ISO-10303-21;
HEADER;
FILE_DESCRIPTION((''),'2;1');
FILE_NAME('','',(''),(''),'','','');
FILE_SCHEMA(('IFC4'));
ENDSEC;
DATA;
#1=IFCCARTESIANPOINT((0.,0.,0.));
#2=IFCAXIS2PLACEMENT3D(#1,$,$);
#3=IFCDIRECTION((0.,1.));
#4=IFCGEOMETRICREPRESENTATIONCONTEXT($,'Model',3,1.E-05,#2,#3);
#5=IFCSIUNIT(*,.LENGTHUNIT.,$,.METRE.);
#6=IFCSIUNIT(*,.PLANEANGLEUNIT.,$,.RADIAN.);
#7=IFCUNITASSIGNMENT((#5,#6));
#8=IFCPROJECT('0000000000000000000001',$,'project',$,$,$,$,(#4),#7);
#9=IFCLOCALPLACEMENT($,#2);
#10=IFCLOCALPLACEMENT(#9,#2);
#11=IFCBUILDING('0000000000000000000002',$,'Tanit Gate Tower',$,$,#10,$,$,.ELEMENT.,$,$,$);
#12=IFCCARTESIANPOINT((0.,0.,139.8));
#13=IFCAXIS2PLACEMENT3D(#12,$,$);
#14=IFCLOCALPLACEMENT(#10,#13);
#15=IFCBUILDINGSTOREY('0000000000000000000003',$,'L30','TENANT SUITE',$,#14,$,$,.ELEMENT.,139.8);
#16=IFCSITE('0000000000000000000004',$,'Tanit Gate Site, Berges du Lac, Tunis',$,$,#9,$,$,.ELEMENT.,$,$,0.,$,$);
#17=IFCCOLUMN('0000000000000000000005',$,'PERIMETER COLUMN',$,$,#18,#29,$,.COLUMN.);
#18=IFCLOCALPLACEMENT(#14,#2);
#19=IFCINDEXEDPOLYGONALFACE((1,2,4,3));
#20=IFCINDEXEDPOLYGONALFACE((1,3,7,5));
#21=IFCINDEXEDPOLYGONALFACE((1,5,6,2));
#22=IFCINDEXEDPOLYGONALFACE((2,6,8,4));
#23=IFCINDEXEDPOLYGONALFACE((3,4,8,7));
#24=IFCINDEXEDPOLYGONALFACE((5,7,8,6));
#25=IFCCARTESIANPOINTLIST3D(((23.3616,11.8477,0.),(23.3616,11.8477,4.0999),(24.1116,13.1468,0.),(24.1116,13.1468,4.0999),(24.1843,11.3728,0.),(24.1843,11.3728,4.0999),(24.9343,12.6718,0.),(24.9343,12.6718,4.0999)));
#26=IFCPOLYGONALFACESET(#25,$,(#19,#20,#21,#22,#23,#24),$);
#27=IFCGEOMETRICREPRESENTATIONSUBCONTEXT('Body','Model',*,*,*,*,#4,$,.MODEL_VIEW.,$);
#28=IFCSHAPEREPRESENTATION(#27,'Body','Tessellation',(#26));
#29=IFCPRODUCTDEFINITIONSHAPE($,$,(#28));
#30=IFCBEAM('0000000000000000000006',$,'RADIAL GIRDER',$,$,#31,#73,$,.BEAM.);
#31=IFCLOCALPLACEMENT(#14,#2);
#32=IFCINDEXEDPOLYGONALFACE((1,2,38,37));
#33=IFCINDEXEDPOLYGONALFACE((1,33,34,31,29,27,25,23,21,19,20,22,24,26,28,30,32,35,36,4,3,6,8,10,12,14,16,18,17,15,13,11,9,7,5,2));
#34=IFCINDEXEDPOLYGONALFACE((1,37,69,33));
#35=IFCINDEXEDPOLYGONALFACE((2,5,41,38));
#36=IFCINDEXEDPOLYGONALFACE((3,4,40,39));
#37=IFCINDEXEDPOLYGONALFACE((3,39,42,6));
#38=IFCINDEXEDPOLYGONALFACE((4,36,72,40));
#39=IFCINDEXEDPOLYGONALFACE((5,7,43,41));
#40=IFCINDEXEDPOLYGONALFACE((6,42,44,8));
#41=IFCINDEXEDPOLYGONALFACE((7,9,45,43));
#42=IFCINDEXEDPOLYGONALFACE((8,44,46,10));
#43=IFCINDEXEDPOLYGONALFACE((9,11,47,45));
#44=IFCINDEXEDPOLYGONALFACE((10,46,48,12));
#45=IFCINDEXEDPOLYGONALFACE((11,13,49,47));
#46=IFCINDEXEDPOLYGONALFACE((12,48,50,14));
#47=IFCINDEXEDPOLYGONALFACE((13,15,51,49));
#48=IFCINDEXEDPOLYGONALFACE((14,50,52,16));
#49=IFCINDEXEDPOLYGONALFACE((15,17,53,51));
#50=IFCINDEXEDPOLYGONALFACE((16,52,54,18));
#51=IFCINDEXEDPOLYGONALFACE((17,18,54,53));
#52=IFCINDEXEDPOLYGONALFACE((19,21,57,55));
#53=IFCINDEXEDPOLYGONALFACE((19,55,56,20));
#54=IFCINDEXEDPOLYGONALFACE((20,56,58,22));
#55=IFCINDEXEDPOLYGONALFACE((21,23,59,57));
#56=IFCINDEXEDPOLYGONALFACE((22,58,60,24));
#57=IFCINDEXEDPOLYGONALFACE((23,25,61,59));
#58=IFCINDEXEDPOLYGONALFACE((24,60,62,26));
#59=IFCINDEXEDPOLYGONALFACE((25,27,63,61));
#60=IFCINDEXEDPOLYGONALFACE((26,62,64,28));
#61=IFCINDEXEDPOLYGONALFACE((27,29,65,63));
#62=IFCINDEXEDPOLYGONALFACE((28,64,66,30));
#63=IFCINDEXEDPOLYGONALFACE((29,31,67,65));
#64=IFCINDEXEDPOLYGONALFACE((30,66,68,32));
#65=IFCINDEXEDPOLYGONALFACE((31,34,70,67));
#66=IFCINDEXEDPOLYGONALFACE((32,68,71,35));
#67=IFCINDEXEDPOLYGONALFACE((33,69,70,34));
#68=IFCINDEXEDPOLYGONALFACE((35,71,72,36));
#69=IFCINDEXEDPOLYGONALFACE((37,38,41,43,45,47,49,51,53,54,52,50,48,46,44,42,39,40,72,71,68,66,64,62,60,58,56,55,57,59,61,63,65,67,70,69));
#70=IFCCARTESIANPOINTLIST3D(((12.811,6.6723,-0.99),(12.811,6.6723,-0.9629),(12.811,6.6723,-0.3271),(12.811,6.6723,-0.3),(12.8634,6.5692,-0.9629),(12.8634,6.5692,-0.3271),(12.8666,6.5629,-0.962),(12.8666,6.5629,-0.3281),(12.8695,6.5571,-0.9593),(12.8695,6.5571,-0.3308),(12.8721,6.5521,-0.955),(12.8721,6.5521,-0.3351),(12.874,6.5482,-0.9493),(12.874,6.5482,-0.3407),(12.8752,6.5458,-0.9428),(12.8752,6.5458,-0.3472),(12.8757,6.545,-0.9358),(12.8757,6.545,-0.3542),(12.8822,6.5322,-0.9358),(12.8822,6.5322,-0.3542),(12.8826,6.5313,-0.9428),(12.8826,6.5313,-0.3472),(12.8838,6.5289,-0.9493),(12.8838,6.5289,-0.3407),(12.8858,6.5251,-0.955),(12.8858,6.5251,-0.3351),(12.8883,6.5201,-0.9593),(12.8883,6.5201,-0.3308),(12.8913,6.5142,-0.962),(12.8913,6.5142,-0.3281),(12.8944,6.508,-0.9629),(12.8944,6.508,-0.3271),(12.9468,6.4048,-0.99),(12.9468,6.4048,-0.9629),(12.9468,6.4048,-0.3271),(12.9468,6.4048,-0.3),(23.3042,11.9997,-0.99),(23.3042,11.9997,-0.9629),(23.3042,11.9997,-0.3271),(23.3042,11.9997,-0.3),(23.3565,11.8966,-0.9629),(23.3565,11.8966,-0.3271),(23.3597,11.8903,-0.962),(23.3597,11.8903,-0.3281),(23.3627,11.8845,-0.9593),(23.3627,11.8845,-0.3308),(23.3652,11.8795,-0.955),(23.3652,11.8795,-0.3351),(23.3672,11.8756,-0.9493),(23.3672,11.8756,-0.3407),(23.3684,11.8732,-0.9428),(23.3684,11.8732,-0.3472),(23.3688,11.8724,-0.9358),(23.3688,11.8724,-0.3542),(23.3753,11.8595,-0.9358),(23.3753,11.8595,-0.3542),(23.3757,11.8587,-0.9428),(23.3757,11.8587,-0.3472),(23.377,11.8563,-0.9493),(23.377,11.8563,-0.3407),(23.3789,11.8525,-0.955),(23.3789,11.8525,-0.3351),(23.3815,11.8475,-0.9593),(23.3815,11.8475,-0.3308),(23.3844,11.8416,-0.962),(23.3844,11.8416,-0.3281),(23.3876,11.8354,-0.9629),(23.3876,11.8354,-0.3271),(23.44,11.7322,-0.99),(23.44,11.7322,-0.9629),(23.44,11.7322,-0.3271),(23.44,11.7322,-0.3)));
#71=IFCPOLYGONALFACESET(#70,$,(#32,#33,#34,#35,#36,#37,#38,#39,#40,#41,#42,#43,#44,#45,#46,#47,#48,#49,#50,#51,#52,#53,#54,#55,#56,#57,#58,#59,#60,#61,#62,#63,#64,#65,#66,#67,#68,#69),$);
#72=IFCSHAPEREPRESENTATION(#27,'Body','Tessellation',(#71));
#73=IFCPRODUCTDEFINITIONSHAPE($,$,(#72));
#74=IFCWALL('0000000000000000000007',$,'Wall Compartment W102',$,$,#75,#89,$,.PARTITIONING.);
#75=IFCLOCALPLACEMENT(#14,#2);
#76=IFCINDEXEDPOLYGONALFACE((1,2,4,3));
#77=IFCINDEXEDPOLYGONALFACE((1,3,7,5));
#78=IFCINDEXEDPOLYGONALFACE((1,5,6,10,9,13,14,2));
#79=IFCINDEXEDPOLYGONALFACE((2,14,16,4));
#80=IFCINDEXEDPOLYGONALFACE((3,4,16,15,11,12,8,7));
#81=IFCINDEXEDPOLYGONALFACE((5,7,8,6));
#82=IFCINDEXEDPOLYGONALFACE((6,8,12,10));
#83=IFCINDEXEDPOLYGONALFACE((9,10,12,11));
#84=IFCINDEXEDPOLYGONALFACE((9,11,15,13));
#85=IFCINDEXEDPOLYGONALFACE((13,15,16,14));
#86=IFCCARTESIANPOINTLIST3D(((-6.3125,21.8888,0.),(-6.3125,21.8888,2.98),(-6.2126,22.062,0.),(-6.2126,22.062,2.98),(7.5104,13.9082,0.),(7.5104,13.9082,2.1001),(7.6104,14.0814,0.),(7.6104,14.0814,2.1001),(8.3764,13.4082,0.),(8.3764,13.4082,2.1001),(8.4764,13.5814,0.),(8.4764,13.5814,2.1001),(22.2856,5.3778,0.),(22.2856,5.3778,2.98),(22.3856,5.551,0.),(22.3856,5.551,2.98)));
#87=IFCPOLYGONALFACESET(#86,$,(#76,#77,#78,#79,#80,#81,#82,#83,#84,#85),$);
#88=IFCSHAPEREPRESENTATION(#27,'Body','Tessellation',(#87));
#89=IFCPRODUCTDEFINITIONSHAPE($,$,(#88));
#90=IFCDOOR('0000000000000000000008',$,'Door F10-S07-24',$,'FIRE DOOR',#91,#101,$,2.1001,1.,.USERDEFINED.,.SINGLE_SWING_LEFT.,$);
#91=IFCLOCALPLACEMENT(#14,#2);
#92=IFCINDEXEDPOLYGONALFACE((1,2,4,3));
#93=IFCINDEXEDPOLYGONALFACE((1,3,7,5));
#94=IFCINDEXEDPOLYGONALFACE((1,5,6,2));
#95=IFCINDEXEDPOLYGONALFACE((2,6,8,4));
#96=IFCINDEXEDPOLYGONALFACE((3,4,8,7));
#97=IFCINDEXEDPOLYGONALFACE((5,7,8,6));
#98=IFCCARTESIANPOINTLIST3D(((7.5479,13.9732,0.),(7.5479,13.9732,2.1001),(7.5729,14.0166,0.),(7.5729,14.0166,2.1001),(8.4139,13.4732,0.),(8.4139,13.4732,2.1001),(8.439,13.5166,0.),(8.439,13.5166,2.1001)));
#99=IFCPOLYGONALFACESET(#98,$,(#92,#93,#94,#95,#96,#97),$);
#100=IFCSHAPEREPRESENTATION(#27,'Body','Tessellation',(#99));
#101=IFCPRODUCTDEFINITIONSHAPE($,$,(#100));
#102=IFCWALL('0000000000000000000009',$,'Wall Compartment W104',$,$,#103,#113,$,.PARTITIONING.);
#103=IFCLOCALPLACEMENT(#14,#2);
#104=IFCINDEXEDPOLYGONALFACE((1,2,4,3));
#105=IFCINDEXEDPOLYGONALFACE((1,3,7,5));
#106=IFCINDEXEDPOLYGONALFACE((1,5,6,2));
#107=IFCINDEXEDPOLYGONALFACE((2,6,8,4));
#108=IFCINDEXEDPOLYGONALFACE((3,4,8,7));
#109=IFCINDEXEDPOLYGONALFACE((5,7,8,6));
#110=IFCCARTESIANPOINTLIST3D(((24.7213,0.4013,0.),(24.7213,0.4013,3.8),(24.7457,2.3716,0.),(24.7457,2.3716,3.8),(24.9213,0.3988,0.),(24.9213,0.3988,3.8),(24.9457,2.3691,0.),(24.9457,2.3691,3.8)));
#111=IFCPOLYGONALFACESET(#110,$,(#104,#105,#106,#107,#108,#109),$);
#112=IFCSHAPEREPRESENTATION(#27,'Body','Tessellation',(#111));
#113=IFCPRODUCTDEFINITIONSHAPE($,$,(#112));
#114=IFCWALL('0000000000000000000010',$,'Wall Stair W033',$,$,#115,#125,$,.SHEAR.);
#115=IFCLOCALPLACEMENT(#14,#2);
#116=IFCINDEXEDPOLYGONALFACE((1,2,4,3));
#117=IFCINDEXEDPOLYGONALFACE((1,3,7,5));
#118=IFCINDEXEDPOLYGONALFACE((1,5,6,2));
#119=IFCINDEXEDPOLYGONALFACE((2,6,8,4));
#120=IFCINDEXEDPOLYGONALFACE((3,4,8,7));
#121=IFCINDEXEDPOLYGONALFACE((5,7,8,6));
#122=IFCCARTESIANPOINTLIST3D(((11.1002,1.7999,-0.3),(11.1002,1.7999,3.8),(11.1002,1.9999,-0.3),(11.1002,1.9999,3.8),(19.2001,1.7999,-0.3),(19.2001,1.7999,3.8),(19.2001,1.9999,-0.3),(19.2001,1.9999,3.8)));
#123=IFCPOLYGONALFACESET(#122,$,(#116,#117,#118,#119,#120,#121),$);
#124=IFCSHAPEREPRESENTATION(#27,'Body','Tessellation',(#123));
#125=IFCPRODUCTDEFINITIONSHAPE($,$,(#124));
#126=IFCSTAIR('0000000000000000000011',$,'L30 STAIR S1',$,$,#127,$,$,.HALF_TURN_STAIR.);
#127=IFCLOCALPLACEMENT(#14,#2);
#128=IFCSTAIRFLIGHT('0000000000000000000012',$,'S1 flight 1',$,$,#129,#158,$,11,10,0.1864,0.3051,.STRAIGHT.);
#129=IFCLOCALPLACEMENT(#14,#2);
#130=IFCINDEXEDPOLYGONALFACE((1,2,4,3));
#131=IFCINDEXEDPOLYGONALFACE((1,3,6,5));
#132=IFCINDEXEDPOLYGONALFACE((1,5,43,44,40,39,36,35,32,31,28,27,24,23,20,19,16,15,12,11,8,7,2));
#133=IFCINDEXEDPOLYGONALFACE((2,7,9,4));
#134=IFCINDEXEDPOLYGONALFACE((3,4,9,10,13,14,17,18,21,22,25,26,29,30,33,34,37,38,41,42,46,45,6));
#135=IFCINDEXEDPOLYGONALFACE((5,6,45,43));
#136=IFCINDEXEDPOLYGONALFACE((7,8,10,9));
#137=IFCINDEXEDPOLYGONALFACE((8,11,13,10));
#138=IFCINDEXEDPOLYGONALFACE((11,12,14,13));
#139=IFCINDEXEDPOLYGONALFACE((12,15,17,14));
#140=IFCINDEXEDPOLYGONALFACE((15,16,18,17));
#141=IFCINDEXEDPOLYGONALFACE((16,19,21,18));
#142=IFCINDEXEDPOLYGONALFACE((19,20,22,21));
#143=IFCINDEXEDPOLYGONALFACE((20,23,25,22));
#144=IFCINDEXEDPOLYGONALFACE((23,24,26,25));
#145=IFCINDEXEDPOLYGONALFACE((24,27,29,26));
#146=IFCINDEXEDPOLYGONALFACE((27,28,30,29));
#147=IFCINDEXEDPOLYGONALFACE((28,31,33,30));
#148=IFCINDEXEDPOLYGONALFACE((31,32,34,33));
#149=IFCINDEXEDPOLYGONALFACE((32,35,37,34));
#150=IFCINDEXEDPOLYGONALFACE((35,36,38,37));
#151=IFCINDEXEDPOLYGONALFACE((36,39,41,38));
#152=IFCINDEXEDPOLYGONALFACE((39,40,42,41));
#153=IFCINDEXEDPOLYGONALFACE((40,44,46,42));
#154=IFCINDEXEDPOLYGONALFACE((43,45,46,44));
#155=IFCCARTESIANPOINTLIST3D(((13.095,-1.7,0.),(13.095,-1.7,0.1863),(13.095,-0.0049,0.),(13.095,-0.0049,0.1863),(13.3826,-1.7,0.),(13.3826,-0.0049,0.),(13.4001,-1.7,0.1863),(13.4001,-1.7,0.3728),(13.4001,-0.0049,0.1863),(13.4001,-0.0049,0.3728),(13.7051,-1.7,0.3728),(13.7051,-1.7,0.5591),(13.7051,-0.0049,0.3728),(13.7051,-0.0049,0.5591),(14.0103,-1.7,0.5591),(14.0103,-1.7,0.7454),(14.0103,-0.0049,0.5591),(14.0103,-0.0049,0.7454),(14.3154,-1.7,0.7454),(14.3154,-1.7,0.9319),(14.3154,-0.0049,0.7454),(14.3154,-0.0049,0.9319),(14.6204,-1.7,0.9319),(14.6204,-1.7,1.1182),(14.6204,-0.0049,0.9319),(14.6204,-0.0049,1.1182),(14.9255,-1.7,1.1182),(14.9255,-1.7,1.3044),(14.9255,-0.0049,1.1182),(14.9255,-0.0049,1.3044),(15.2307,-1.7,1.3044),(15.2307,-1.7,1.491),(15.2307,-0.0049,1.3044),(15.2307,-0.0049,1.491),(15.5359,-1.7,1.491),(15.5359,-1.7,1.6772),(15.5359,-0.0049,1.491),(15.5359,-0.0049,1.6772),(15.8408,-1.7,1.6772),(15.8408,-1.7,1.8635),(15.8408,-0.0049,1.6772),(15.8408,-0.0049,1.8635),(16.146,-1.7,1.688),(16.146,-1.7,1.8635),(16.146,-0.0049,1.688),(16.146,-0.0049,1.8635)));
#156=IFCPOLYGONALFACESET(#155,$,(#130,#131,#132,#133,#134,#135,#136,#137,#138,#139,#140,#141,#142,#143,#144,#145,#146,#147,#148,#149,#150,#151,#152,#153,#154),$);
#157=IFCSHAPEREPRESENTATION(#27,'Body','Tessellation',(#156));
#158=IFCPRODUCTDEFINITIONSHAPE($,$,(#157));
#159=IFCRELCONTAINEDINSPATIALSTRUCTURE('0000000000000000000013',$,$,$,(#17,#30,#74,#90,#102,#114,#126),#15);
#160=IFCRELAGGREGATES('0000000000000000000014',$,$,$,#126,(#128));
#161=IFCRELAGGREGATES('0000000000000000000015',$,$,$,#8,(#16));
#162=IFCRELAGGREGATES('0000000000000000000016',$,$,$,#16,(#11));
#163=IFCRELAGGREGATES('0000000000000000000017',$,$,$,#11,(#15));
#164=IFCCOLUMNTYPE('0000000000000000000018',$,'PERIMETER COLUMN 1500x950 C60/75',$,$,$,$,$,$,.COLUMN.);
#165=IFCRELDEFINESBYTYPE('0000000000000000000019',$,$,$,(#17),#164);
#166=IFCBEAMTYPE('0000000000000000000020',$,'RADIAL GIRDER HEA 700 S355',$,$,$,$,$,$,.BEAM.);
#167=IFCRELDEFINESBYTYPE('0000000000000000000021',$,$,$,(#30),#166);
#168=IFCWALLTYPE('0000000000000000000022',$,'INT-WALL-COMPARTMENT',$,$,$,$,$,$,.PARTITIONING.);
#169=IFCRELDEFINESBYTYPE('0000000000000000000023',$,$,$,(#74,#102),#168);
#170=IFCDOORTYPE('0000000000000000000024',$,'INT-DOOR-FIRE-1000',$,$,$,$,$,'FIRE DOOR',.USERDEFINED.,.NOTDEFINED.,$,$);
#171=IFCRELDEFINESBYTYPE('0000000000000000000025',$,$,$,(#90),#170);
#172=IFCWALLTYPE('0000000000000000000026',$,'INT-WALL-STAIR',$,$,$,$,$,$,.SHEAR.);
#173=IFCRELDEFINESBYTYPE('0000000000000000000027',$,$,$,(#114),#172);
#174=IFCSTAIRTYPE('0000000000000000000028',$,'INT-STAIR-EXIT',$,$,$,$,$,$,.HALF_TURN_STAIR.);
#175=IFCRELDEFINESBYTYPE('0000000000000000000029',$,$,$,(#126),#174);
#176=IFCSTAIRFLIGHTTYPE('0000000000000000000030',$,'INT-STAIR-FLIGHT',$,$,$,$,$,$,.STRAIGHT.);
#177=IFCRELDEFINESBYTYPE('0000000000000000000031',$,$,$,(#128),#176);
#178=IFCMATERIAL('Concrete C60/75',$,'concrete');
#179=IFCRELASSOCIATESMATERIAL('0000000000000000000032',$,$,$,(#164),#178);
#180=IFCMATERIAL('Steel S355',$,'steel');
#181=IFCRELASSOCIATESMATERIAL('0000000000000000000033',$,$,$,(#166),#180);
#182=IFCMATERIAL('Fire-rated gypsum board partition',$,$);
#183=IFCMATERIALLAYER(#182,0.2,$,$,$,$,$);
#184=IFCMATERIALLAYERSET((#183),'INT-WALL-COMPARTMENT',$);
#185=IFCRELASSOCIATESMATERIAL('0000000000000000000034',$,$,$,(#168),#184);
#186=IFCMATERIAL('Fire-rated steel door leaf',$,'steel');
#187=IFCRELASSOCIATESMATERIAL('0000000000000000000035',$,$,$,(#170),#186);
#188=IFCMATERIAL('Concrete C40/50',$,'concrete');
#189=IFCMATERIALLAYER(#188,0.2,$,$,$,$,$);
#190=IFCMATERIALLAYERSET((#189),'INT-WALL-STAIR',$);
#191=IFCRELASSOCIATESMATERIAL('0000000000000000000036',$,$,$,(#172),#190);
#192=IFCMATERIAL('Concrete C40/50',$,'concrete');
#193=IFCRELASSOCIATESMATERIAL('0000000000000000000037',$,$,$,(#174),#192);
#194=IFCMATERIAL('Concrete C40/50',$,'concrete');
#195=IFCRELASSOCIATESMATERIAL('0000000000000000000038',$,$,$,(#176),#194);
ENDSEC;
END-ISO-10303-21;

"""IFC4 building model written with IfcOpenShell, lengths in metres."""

from ifc_helpers import new_model, si_unit, direction, frame, frame_2d, origin, origin_2d, place, context, subcontext, project, spatial, polyline, rectangle, i_section, outline, extrude, material, layer, layer_set, material_profile, profile_set, type_object, element, fill, aggregate, save


model = new_model("IFC4")

# Units and contexts
model_context = context("Model", 3, precision=1e-05, world=origin(), true_north=direction((0.0, 1.0)))
body_context = subcontext(model_context, "Body", "Model", "MODEL_VIEW")
ifc_project = project(units=[si_unit("LENGTHUNIT", "METRE"), si_unit("PLANEANGLEUNIT", "RADIAN")], contexts=[model_context])

# Site, building, storey
site_placement = place(None, origin())
site = spatial("IfcSite", under=ifc_project, at=site_placement, Name="Tanit Gate Site, Berges du Lac, Tunis", CompositionType="ELEMENT", RefElevation=0.0)
building_placement = place(site_placement, origin())
building = spatial("IfcBuilding", under=site, at=building_placement, Name="Tanit Gate Tower", CompositionType="ELEMENT")
storey_placement = place(building_placement, frame((0.0, 0.0, 139.8)))
storey = spatial("IfcBuildingStorey", under=building, at=storey_placement, Name="L30", Description="TENANT SUITE", CompositionType="ELEMENT", Elevation=139.8)

# Column
ifc_material_1 = material(Name="Concrete C60/75", Category="concrete")
ifc_material_profile_1 = material_profile(ifc_material_1, rectangle(XDim=1.5, YDim=0.95, at=origin_2d()), Name="RC 1500x950")
ifc_profile_set_1 = profile_set([ifc_material_profile_1], Name="Concrete C60/75")
column_type = type_object("IfcColumnType", Name="PERIMETER COLUMN 1500x950 C60/75", PredefinedType="COLUMN", material=ifc_profile_set_1)
column_placement = place(storey_placement, frame((24.1479, 12.2598, 0.0), z_axis=(0.0, 0.0, 1.0), x_axis=(0.5, 0.866025, 0.0)))
element("IfcColumn", 1, at=column_placement, inside=storey, type_object=column_type, Name="PERIMETER COLUMN", PredefinedType="COLUMN", context=body_context, shape_type="SweptSolid", body=[
    extrude(rectangle(XDim=1.5, YDim=0.95, at=origin_2d()), origin(), (0.0, 0.0, 1.0), 4.0999),
])

# Beam
ifc_material_2 = material(Name="Steel S355", Category="steel")
ifc_material_profile_2 = material_profile(ifc_material_2, i_section(OverallWidth=0.3, OverallDepth=0.6899, WebThickness=0.0144, FlangeThickness=0.0271, FilletRadius=0.0271, at=origin_2d()), Name="HEA 700")
ifc_profile_set_2 = profile_set([ifc_material_profile_2], Name="Steel S355")
beam_type = type_object("IfcBeamType", Name="RADIAL GIRDER HEA 700 S355", PredefinedType="BEAM", material=ifc_profile_set_2)
beam_placement = place(storey_placement, frame((23.3721, 11.866, -0.645), z_axis=(-0.891664, -0.452699, 0.0), x_axis=(0.452699, -0.891664, 0.0)))
element("IfcBeam", 2, at=beam_placement, inside=storey, type_object=beam_type, Name="RADIAL GIRDER", PredefinedType="BEAM", context=body_context, shape_type="SweptSolid", body=[
    extrude(i_section(OverallWidth=0.3, OverallDepth=0.6899, WebThickness=0.0144, FlangeThickness=0.0271, FilletRadius=0.0271, at=origin_2d()), origin(), (0.0, 0.0, 1.0), 11.7681),
])

# Wall, opening, door
ifc_material_3 = material(Name="Fire-rated gypsum board partition")
ifc_layer_1 = layer(ifc_material_3, 0.2)
ifc_layer_set_1 = layer_set([ifc_layer_1], Name="INT-WALL-COMPARTMENT")
wall_type_1 = type_object("IfcWallType", Name="INT-WALL-COMPARTMENT", PredefinedType="PARTITIONING", material=ifc_layer_set_1)
wall_1_placement = place(storey_placement, frame((22.3357, 5.4644, 0.0), z_axis=(0.0, 0.0, 1.0), x_axis=(-0.866028, 0.499996, 0.0)))
wall_1 = element("IfcWall", 3, at=wall_1_placement, inside=storey, type_object=wall_type_1, Name="Wall Compartment W102", PredefinedType="PARTITIONING", context=body_context, shape_type="SweptSolid", body=[
    extrude(rectangle(XDim=33.0222, YDim=0.2, at=frame_2d((16.5112, 0.0))), origin(), (0.0, 0.0, 1.0), 2.98),
])
opening_1_placement = place(wall_1_placement, frame((16.061, 0.0, 0.0)))
opening_1 = element("IfcOpeningElement", 4, at=opening_1_placement, cuts=wall_1, PredefinedType="OPENING", context=body_context, shape_type="SweptSolid", body=[
    extrude(rectangle(XDim=1.0, YDim=2.1001, at=frame_2d((0.5, 1.05))), frame((0.0, 0.1099, 0.0), z_axis=(0.0, -1.0, 0.0), x_axis=(1.0, 0.0, 0.0)), (0.0, 0.0, 1.0), 0.22),
])
ifc_material_4 = material(Name="Fire-rated steel door leaf", Category="steel")
door_type_1 = type_object("IfcDoorType", Name="INT-DOOR-FIRE-1000", ElementType="FIRE DOOR", OperationType="NOTDEFINED", PredefinedType="USERDEFINED", material=ifc_material_4)
door_1_placement = place(opening_1_placement, origin())
door_1 = element("IfcDoor", 5, at=door_1_placement, inside=storey, type_object=door_type_1, Name="Door F10-S07-24", ObjectType="FIRE DOOR", OperationType="SINGLE_SWING_LEFT", OverallHeight=2.1001, OverallWidth=1.0, PredefinedType="USERDEFINED", context=body_context, shape_type="SweptSolid", body=[
    extrude(rectangle(XDim=1.0, YDim=2.1001, at=frame_2d((0.5, 1.05))), frame((0.0, 0.0249, 0.0), z_axis=(0.0, -1.0, 0.0), x_axis=(1.0, 0.0, 0.0)), (0.0, 0.0, 1.0), 0.05),
])
fill(opening_1, door_1)

# Walls
wall_2_placement = place(storey_placement, frame((24.8213, 0.3999, 0.0), z_axis=(0.0, 0.0, 1.0), x_axis=(0.012391, 0.999923, 0.0)))
element("IfcWall", 6, at=wall_2_placement, inside=storey, type_object=wall_type_1, Name="Wall Compartment W104", PredefinedType="PARTITIONING", context=body_context, shape_type="SweptSolid", body=[
    extrude(rectangle(XDim=1.9705, YDim=0.2, at=frame_2d((0.9854, 0.0))), origin(), (0.0, 0.0, 1.0), 3.8),
])
ifc_material_5 = material(Name="Concrete C40/50", Category="concrete")
ifc_layer_2 = layer(ifc_material_5, 0.2)
ifc_layer_set_2 = layer_set([ifc_layer_2], Name="INT-WALL-STAIR")
wall_type_2 = type_object("IfcWallType", Name="INT-WALL-STAIR", PredefinedType="SHEAR", material=ifc_layer_set_2)
wall_3_placement = place(storey_placement, frame((19.2, 1.8999, -0.3), z_axis=(0.0, 0.0, 1.0), x_axis=(-1.0, 0.0, 0.0)))
element("IfcWall", 7, at=wall_3_placement, inside=storey, type_object=wall_type_2, Name="Wall Stair W033", PredefinedType="SHEAR", context=body_context, shape_type="SweptSolid", body=[
    extrude(rectangle(XDim=8.0999, YDim=0.2, at=frame_2d((4.0498, 0.0))), origin(), (0.0, 0.0, 1.0), 4.1001),
])

# Stair, stair flight
ifc_material_6 = material(Name="Concrete C40/50", Category="concrete")
stair_type = type_object("IfcStairType", Name="INT-STAIR-EXIT", PredefinedType="HALF_TURN_STAIR", material=ifc_material_6)
stair_placement = place(storey_placement, origin())
stair = element("IfcStair", 8, at=stair_placement, inside=storey, type_object=stair_type, Name="L30 STAIR S1", PredefinedType="HALF_TURN_STAIR")
ifc_material_7 = material(Name="Concrete C40/50", Category="concrete")
stair_flight_type = type_object("IfcStairFlightType", Name="INT-STAIR-FLIGHT", PredefinedType="STRAIGHT", material=ifc_material_7)
stair_flight_1_placement = place(storey_placement, frame((13.095, -0.8525, 0.0), z_axis=(0.0, 0.0, 1.0), x_axis=(1.0, 0.0, 0.0)))
stair_flight_1 = element("IfcStairFlight", 9, at=stair_flight_1_placement, type_object=stair_flight_type, Name="S1 flight 1", NumberOfRisers=11, NumberOfTreads=10, PredefinedType="STRAIGHT", RiserHeight=0.1864, TreadLength=0.3051, context=body_context, shape_type="SweptSolid", body=[
    extrude(outline(polyline([(0.0, 0.0), (0.0, 0.1863), (0.3052, 0.1863), (0.3052, 0.3728), (0.6101, 0.3728), (0.6101, 0.5591), (0.9153, 0.5591), (0.9153, 0.7454), (1.2205, 0.7454), (1.2205, 0.9319), (1.5254, 0.9319), (1.5254, 1.1182), (1.8306, 1.1182), (1.8306, 1.3044), (2.1357, 1.3044), (2.1357, 1.491), (2.4409, 1.491), (2.4409, 1.6772), (2.7458, 1.6772), (2.7458, 1.8635), (3.051, 1.8635), (3.051, 2.05), (3.051, 1.688), (0.2876, 0.0), (0.0, 0.0)])), frame((0.0, 0.8477, 0.0), z_axis=(0.0, -1.0, 0.0), x_axis=(1.0, 0.0, 0.0)), (0.0, 0.0, 1.0), 1.6951),
])
aggregate(stair, [stair_flight_1])

save(model, "model.ifc")
